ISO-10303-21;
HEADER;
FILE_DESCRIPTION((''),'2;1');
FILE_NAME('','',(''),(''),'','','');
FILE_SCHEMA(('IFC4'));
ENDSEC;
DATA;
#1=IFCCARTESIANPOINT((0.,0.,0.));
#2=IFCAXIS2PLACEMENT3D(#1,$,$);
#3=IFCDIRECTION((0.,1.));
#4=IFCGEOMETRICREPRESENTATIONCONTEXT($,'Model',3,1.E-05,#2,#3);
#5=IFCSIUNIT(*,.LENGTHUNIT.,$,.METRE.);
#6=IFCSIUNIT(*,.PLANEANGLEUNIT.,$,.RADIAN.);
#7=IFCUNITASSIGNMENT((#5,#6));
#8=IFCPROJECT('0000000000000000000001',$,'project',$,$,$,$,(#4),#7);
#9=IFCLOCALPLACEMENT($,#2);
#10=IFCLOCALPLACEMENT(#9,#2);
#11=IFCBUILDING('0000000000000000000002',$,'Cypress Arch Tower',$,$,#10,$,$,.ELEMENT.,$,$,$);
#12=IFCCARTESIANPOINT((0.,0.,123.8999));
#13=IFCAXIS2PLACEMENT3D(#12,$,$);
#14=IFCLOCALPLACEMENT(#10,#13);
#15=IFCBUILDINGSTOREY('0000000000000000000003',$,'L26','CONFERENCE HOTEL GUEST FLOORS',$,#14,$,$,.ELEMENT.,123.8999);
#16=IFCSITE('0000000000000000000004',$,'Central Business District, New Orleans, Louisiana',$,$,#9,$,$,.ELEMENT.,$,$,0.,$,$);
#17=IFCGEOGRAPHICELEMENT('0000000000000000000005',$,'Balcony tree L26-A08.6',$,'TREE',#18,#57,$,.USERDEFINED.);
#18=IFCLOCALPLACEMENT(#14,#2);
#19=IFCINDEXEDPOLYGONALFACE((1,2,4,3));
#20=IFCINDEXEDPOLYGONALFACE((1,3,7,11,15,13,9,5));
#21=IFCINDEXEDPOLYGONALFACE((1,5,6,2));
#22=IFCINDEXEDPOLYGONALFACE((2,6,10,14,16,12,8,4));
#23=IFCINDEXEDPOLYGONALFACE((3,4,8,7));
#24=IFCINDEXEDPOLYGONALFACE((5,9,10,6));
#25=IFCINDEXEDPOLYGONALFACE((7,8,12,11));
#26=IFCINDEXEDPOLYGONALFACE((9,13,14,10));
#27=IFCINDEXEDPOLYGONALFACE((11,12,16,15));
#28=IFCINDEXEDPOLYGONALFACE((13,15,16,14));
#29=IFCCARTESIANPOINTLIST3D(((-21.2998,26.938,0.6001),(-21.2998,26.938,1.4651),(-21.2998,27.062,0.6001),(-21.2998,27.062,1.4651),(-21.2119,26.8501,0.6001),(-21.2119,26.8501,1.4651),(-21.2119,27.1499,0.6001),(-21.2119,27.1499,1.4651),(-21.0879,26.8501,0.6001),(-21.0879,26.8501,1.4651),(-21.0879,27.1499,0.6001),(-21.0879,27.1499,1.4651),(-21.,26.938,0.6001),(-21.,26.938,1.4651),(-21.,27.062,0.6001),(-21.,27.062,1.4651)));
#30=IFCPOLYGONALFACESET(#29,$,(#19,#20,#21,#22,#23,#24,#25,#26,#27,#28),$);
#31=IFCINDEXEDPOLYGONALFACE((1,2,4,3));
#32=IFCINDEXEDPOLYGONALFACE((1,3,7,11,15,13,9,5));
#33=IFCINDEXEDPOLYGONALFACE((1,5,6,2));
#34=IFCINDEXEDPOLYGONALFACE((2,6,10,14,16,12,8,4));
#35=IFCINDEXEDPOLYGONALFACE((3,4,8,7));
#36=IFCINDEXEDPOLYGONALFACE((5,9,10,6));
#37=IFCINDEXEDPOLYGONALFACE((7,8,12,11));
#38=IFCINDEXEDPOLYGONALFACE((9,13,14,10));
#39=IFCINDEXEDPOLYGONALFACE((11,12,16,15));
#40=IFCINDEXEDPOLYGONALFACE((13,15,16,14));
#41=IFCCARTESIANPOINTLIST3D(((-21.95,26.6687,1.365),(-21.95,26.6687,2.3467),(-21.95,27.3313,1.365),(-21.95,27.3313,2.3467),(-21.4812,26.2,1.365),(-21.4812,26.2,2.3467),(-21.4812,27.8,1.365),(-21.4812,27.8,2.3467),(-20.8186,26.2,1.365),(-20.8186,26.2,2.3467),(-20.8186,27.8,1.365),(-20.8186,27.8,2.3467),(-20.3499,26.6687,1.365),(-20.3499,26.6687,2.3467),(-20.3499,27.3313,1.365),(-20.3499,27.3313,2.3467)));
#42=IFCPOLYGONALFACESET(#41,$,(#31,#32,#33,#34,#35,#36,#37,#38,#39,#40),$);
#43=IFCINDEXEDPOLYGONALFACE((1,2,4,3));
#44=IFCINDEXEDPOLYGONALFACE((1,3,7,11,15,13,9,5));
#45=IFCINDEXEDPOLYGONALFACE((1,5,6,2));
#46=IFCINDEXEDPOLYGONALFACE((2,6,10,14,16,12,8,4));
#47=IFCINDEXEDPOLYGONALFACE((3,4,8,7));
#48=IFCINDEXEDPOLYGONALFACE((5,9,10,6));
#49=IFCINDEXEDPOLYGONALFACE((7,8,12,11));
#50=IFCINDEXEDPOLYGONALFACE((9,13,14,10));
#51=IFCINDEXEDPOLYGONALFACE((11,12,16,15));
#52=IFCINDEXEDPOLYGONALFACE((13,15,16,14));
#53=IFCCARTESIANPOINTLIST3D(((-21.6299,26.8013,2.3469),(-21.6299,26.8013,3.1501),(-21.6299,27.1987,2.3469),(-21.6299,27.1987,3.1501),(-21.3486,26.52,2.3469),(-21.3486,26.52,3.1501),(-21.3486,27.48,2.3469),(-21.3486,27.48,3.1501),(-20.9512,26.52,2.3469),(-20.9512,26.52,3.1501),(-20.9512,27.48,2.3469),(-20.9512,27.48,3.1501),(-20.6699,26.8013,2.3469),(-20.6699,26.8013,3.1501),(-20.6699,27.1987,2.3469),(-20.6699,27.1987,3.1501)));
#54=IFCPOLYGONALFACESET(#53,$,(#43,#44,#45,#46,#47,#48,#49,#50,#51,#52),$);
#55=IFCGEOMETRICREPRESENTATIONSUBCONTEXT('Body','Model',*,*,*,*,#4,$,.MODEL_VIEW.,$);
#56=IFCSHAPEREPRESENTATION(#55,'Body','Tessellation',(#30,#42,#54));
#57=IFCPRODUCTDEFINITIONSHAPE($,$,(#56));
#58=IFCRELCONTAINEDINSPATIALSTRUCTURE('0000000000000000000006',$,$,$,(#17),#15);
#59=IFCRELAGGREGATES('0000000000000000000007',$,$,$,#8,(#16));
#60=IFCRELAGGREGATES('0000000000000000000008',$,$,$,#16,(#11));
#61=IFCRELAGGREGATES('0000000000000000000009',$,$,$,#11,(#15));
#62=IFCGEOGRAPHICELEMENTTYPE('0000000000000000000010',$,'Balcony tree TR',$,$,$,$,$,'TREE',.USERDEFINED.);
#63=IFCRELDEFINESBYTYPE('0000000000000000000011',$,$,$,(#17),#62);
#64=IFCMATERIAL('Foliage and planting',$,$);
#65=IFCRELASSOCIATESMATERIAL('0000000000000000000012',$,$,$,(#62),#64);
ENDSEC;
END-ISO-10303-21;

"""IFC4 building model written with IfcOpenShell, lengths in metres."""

from ifc_helpers import new_model, si_unit, direction, frame, origin, place, context, subcontext, project, spatial, polyline, outline, extrude, material, type_object, element, save


model = new_model("IFC4")

# Units and contexts
model_context = context("Model", 3, precision=1e-05, world=origin(), true_north=direction((0.0, 1.0)))
body_context = subcontext(model_context, "Body", "Model", "MODEL_VIEW")
ifc_project = project(units=[si_unit("LENGTHUNIT", "METRE"), si_unit("PLANEANGLEUNIT", "RADIAN")], contexts=[model_context])

# Site, building, storey
site_placement = place(None, origin())
site = spatial("IfcSite", under=ifc_project, at=site_placement, Name="Central Business District, New Orleans, Louisiana", CompositionType="ELEMENT", RefElevation=0.0)
building_placement = place(site_placement, origin())
building = spatial("IfcBuilding", under=site, at=building_placement, Name="Cypress Arch Tower", CompositionType="ELEMENT")
storey_placement = place(building_placement, frame((0.0, 0.0, 123.8999)))
storey = spatial("IfcBuildingStorey", under=building, at=storey_placement, Name="L26", Description="CONFERENCE HOTEL GUEST FLOORS", CompositionType="ELEMENT", Elevation=123.8999)

# Geographic element
ifc_material_1 = material(Name="Foliage and planting")
geographic_element_type = type_object("IfcGeographicElementType", Name="Balcony tree TR", ElementType="TREE", PredefinedType="USERDEFINED", material=ifc_material_1)
geographic_element_placement = place(storey_placement, frame((-21.1499, 27.0, 0.6001), z_axis=(0.0, 0.0, 1.0), x_axis=(1.0, 0.0, 0.0)))
element("IfcGeographicElement", 1, at=geographic_element_placement, inside=storey, type_object=geographic_element_type, Name="Balcony tree L26-A08.6", ObjectType="TREE", PredefinedType="USERDEFINED", context=body_context, shape_type="SweptSolid", body=[
    extrude(outline(polyline([(0.1499, 0.062), (0.062, 0.1499), (-0.062, 0.1499), (-0.1499, 0.062), (-0.1499, -0.062), (-0.062, -0.1499), (0.062, -0.1499), (0.1499, -0.062), (0.1499, 0.062)])), origin(), (0.0, 0.0, 1.0), 0.865),
    extrude(outline(polyline([(0.8, 0.3313), (0.3313, 0.8), (-0.3313, 0.8), (-0.8, 0.3313), (-0.8, -0.3313), (-0.3313, -0.8), (0.3313, -0.8), (0.8, -0.3313), (0.8, 0.3313)])), frame((0.0, 0.0, 0.7649)), (0.0, 0.0, 1.0), 0.9817),
    extrude(outline(polyline([(0.48, 0.1987), (0.1987, 0.48), (-0.1987, 0.48), (-0.48, 0.1987), (-0.48, -0.1987), (-0.1987, -0.48), (0.1987, -0.48), (0.48, -0.1987), (0.48, 0.1987)])), frame((0.0, 0.0, 1.7468)), (0.0, 0.0, 1.0), 0.8032),
])

save(model, "model.ifc")
